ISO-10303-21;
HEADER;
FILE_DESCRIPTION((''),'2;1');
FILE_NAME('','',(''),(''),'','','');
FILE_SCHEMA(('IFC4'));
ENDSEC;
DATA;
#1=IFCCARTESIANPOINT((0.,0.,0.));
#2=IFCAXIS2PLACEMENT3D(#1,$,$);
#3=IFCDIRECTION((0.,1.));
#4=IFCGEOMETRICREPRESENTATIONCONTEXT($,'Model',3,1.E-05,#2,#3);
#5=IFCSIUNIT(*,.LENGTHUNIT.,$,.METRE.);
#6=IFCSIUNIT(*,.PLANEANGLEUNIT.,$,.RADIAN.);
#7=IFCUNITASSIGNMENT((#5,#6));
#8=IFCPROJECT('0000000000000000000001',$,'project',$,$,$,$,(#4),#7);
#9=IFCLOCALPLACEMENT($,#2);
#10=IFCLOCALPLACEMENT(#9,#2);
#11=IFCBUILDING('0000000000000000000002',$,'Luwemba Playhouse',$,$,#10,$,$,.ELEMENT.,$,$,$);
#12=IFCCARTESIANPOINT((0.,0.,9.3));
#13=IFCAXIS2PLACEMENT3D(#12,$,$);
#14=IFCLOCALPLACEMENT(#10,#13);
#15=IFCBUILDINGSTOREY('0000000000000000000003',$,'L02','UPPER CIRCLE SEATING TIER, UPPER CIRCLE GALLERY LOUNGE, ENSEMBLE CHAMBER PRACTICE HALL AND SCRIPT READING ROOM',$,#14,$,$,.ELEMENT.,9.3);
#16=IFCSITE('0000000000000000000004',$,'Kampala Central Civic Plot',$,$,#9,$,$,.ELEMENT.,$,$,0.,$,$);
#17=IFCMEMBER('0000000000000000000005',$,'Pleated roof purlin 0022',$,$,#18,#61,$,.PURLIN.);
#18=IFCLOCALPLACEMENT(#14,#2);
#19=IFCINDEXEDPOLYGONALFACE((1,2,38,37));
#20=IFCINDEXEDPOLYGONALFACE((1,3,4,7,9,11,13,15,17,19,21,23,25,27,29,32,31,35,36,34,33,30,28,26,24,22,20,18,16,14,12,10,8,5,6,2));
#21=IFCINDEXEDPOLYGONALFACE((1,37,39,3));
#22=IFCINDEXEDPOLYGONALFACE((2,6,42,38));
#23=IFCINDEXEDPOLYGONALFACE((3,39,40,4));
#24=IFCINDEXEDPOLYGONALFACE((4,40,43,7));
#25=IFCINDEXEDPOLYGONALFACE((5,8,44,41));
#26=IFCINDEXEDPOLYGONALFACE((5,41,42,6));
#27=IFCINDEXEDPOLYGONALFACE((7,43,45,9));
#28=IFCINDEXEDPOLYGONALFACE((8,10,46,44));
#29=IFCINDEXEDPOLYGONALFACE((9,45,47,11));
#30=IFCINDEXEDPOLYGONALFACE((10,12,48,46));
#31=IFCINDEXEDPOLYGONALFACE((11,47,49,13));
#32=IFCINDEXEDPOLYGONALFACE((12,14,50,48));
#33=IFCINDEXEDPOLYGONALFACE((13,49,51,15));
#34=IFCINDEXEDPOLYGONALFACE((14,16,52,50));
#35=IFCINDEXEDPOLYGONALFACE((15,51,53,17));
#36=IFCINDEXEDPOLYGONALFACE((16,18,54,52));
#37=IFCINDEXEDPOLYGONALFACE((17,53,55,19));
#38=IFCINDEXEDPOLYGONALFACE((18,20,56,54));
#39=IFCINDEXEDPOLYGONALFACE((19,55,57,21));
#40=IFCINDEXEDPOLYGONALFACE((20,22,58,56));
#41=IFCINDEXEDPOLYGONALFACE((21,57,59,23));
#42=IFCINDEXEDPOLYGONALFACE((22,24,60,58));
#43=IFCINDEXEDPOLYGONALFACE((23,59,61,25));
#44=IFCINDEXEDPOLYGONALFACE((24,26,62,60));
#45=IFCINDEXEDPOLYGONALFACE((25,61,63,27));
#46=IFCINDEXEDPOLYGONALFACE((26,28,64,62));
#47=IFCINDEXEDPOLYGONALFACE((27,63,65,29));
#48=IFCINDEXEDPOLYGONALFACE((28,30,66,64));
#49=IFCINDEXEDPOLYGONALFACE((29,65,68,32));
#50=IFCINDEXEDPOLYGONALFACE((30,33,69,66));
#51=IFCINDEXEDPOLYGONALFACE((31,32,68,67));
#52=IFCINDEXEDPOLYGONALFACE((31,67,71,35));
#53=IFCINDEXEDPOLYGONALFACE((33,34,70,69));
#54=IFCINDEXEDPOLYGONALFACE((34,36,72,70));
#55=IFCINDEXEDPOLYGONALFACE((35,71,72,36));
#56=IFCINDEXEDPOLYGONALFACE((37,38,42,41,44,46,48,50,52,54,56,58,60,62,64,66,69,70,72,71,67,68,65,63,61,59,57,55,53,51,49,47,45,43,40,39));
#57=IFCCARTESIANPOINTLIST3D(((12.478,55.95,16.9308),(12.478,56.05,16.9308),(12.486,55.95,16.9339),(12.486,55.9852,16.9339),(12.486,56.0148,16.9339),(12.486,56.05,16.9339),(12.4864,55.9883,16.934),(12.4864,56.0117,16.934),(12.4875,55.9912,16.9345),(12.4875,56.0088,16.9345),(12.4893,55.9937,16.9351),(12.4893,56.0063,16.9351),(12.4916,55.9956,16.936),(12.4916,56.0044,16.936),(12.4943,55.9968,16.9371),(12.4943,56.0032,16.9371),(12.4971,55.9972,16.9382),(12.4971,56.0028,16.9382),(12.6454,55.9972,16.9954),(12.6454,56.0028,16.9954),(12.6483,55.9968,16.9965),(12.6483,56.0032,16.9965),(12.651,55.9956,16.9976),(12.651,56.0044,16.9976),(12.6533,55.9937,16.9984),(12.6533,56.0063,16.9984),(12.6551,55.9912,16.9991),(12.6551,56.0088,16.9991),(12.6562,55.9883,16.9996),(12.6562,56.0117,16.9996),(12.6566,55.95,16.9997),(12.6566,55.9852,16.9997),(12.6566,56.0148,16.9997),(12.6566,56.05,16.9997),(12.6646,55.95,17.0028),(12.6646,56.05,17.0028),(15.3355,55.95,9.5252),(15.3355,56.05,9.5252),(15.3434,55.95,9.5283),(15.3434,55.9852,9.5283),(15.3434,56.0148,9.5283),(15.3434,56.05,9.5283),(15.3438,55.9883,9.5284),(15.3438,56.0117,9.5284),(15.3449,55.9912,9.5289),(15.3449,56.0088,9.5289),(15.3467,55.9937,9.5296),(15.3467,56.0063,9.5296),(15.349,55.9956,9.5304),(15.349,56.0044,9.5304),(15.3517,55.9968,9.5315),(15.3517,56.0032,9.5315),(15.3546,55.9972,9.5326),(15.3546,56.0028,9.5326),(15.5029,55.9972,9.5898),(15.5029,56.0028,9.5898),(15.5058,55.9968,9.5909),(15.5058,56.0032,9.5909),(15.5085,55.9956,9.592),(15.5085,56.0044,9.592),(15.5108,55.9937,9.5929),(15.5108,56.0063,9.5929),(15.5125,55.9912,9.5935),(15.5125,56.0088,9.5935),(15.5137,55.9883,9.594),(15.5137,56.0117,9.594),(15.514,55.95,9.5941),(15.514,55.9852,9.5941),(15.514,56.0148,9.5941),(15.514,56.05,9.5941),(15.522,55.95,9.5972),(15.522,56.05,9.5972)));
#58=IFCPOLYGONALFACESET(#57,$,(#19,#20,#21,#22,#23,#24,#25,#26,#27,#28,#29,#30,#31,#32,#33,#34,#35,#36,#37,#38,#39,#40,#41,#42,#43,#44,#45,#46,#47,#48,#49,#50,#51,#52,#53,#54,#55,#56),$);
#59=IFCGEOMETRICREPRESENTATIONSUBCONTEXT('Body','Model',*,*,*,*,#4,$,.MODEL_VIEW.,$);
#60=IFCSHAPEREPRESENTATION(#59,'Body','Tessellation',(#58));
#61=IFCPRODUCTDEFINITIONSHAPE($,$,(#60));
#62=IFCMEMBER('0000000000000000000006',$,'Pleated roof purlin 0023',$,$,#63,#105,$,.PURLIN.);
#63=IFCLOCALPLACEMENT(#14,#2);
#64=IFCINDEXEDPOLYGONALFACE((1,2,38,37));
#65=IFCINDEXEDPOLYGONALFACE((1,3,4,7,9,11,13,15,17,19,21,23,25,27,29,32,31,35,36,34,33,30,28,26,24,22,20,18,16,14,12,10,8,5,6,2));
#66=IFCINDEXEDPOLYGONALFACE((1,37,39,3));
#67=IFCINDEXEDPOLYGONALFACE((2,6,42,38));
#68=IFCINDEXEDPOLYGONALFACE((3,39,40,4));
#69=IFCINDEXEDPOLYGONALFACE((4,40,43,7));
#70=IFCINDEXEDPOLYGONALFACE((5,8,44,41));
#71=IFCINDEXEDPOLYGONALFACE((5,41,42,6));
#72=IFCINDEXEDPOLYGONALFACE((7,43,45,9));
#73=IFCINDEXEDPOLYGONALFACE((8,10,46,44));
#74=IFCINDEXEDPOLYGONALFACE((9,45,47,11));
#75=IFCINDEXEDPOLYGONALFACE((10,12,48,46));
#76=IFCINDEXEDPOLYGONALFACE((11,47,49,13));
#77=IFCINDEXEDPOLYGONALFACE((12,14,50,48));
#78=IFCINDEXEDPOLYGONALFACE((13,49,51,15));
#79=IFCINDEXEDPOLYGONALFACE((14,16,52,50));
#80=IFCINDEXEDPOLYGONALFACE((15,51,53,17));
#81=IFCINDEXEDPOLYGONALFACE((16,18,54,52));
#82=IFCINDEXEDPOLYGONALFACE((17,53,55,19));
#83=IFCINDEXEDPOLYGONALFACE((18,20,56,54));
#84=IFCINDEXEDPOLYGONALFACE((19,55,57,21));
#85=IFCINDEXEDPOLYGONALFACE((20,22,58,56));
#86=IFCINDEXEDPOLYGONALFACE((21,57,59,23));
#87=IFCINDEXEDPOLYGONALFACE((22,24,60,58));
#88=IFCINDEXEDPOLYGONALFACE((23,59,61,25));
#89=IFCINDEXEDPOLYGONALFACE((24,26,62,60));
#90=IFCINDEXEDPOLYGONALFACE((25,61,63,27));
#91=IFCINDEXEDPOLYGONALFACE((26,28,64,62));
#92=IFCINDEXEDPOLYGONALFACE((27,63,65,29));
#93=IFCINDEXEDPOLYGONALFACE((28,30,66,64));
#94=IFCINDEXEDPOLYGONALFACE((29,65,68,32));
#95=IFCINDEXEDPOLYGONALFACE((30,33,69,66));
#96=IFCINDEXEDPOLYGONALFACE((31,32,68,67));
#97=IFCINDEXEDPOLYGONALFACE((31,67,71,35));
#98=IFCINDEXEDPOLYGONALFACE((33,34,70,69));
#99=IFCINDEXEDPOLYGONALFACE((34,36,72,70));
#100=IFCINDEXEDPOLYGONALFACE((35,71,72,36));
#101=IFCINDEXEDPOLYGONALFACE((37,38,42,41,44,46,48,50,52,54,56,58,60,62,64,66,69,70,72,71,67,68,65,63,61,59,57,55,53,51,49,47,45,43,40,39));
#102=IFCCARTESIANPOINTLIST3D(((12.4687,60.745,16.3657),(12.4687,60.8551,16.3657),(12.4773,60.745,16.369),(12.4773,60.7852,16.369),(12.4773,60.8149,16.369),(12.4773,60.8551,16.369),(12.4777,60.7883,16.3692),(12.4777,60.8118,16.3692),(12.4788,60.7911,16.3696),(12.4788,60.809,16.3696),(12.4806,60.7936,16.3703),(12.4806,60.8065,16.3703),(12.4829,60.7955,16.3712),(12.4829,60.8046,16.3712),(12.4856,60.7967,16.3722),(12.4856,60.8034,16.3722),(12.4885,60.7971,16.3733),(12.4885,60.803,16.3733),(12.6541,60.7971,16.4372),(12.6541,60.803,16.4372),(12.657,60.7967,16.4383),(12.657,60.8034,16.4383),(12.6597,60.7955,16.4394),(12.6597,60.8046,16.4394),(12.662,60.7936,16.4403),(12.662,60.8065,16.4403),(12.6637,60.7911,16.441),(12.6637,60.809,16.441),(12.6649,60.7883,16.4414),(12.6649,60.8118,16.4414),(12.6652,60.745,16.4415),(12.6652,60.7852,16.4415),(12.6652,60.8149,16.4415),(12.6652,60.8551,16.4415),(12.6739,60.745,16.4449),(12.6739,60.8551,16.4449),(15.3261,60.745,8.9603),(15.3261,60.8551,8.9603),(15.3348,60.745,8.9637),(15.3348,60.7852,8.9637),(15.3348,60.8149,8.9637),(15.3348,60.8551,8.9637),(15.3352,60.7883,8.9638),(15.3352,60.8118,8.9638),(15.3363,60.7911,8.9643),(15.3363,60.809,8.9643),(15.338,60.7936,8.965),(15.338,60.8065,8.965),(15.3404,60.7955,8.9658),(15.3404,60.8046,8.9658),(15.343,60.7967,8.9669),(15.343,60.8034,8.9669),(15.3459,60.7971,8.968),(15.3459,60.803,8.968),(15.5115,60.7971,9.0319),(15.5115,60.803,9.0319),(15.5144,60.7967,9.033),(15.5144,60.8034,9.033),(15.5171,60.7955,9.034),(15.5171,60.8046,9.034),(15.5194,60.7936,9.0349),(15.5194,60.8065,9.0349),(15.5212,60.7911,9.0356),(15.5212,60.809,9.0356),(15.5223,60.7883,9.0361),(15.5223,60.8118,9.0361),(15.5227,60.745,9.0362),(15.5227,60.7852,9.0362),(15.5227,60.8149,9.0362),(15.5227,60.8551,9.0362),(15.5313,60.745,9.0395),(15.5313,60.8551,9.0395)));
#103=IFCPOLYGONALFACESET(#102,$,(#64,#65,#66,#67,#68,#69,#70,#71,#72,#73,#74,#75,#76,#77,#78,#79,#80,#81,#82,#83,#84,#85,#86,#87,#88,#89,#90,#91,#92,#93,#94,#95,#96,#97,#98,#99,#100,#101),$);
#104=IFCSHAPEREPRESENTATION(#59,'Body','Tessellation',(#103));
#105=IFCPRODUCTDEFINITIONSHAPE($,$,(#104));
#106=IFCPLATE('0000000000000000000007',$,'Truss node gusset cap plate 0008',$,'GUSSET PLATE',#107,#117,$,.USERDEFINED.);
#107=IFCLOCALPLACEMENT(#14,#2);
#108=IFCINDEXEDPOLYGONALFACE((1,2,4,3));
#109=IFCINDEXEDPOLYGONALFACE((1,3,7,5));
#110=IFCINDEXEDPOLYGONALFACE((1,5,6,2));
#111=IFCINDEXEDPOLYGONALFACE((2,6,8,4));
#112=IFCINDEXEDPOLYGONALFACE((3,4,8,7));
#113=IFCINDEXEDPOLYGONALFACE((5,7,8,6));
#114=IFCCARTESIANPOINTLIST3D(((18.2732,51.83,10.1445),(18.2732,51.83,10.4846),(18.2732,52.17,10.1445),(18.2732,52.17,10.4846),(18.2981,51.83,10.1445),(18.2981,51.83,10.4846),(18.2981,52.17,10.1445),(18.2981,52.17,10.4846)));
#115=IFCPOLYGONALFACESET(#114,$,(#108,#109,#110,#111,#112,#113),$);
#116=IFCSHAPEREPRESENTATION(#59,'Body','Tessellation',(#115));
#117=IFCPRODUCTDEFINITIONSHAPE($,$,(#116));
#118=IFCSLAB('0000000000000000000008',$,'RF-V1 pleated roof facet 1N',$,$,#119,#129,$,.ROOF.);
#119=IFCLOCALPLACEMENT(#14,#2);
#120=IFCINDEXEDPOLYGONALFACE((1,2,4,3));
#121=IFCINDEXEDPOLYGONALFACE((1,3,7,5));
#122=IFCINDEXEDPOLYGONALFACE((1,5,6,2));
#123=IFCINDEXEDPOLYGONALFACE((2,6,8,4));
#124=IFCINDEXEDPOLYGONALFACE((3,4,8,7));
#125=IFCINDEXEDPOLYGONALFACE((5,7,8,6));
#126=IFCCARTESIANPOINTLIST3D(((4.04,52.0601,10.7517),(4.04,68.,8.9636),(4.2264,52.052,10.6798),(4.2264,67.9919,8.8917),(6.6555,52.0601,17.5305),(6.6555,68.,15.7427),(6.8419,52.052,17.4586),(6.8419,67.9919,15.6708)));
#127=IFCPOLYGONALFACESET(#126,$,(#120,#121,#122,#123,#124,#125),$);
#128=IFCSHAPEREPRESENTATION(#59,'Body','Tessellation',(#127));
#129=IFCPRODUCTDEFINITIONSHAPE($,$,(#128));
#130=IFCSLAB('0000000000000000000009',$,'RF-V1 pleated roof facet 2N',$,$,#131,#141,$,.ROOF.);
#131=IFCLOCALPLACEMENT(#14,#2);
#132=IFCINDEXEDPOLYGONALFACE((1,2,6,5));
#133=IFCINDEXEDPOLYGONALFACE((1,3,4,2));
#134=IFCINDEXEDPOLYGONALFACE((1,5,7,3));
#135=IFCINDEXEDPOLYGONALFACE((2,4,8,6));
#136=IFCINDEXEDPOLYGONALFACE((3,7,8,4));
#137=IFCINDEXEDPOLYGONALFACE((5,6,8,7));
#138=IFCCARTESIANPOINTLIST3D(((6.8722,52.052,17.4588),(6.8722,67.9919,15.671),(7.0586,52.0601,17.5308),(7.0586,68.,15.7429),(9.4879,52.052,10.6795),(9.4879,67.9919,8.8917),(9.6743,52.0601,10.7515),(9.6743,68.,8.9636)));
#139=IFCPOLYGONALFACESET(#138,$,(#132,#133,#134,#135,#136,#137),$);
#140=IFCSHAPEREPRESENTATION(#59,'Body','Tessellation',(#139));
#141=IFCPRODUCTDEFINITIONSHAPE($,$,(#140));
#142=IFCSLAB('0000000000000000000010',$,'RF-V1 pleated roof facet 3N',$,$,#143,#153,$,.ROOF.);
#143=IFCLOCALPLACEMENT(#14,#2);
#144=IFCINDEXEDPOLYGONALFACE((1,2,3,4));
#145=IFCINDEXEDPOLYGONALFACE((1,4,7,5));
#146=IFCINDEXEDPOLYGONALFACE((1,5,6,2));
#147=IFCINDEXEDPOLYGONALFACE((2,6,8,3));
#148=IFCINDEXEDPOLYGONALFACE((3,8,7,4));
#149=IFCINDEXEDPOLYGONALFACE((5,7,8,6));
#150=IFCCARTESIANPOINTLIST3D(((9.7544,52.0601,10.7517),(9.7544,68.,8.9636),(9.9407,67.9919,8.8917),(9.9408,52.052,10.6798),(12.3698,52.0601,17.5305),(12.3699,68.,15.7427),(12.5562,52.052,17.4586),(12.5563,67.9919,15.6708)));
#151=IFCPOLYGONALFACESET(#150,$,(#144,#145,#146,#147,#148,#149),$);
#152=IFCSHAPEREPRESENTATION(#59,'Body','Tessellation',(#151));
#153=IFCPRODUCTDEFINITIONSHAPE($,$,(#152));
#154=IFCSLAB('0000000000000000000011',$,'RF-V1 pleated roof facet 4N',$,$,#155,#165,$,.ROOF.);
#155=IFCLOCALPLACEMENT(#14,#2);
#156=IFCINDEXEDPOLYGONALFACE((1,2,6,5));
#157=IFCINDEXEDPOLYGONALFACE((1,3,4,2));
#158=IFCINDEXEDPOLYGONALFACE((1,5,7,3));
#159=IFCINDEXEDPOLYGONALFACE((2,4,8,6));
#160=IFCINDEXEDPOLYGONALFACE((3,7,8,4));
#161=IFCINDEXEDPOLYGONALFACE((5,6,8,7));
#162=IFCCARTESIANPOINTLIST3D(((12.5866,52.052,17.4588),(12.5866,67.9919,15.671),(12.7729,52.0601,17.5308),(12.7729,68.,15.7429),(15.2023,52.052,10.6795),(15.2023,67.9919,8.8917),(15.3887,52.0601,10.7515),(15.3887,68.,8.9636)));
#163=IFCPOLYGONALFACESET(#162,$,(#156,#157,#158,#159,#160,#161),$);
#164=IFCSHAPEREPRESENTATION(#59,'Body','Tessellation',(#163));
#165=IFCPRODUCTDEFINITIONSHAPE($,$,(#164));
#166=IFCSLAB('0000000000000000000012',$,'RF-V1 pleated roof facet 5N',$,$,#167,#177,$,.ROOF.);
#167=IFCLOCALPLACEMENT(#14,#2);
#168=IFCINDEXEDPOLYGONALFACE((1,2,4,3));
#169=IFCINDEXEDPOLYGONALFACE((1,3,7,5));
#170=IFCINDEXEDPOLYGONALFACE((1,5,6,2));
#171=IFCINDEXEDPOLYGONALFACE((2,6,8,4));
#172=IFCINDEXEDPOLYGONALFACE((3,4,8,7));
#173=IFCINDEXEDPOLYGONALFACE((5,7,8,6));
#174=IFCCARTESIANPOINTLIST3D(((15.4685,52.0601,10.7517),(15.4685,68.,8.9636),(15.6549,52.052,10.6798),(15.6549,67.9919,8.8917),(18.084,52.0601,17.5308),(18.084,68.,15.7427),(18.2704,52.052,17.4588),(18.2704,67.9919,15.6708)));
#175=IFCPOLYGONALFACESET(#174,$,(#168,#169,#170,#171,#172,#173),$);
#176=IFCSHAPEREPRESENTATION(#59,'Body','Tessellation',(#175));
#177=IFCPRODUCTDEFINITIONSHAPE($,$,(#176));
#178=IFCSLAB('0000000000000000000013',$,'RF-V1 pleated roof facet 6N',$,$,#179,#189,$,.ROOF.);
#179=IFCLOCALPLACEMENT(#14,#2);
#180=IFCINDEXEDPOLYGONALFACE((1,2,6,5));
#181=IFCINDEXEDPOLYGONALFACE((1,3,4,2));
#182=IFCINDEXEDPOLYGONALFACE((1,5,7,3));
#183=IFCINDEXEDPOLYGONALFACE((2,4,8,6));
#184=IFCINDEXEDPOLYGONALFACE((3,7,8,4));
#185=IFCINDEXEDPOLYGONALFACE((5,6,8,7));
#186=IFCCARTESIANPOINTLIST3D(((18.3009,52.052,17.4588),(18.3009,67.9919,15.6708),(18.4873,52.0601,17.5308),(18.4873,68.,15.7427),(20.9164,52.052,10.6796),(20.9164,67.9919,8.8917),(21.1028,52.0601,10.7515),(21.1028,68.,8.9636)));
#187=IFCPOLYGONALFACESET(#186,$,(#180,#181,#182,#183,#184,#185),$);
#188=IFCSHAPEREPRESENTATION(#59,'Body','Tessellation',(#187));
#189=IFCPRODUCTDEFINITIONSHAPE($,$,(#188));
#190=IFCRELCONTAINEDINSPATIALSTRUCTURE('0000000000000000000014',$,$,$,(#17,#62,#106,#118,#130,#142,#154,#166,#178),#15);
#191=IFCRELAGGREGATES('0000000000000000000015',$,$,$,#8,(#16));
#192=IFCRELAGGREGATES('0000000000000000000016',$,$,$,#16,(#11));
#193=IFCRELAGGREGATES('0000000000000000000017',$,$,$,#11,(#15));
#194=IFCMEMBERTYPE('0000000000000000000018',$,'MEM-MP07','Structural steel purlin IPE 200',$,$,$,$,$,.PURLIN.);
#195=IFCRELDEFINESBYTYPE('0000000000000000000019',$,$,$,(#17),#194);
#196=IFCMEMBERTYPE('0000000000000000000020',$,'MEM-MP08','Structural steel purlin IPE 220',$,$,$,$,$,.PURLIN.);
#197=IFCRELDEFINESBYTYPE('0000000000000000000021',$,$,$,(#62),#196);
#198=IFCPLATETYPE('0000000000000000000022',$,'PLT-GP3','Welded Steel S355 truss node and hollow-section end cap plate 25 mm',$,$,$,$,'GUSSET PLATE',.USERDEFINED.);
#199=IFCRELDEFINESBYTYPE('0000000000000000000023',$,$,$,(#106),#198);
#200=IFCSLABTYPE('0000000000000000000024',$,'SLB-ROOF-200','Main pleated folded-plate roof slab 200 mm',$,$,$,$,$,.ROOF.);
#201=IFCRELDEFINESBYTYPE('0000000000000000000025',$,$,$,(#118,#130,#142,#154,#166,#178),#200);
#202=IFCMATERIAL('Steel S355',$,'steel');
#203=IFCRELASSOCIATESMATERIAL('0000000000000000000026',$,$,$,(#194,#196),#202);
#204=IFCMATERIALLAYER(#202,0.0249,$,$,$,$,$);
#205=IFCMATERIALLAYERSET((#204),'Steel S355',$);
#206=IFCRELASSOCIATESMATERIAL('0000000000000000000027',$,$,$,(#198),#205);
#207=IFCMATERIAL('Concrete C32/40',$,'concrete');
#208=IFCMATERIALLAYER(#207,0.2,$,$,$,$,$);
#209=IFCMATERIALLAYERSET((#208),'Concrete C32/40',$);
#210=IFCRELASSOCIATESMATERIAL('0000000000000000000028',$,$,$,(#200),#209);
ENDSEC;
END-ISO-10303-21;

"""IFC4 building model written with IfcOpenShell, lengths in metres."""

from ifc_helpers import new_model, si_unit, direction, frame, origin, origin_2d, place, context, subcontext, project, spatial, polyline, rectangle, i_section, outline, extrude, material, layer, layer_set, material_profile, profile_set, type_object, element, save


model = new_model("IFC4")

# Units and contexts
model_context = context("Model", 3, precision=1e-05, world=origin(), true_north=direction((0.0, 1.0)))
body_context = subcontext(model_context, "Body", "Model", "MODEL_VIEW")
ifc_project = project(units=[si_unit("LENGTHUNIT", "METRE"), si_unit("PLANEANGLEUNIT", "RADIAN")], contexts=[model_context])

# Site, building, storey
site_placement = place(None, origin())
site = spatial("IfcSite", under=ifc_project, at=site_placement, Name="Kampala Central Civic Plot", CompositionType="ELEMENT", RefElevation=0.0)
building_placement = place(site_placement, origin())
building = spatial("IfcBuilding", under=site, at=building_placement, Name="Luwemba Playhouse", CompositionType="ELEMENT")
storey_placement = place(building_placement, frame((0.0, 0.0, 9.3)))
storey = spatial("IfcBuildingStorey", under=building, at=storey_placement, Name="L02", Description="UPPER CIRCLE SEATING TIER, UPPER CIRCLE GALLERY LOUNGE, ENSEMBLE CHAMBER PRACTICE HALL AND SCRIPT READING ROOM", CompositionType="ELEMENT", Elevation=9.3)

# Shared definitions
ifc_material_1 = material(Name="Steel S355", Category="steel")

# Members
ifc_material_profile_1 = material_profile(ifc_material_1, i_section(OverallWidth=0.1001, OverallDepth=0.2, WebThickness=0.0056, FlangeThickness=0.0085, FilletRadius=0.012, at=origin_2d()))
ifc_profile_set_1 = profile_set([ifc_material_profile_1], Name="Steel S355")
member_type_1 = type_object("IfcMemberType", Name="MEM-MP07", Description="Structural steel purlin IPE 200", PredefinedType="PURLIN", material=ifc_profile_set_1)
member_1_placement = place(storey_placement, frame((12.5713, 56.0, 16.9668), z_axis=(0.359983, 0.0, -0.932959), x_axis=(0.0, 1.0, 0.0)))
element("IfcMember", 1, at=member_1_placement, inside=storey, type_object=member_type_1, Name="Pleated roof purlin 0022", PredefinedType="PURLIN", context=body_context, shape_type="SweptSolid", body=[
    extrude(i_section(OverallWidth=0.1001, OverallDepth=0.2, WebThickness=0.0056, FlangeThickness=0.0085, FilletRadius=0.012, at=origin_2d()), origin(), (0.0, 0.0, 1.0), 7.9377),
])
ifc_material_profile_2 = material_profile(ifc_material_1, i_section(OverallWidth=0.1101, OverallDepth=0.22, WebThickness=0.0059, FlangeThickness=0.0093, FilletRadius=0.012, at=origin_2d()))
ifc_profile_set_2 = profile_set([ifc_material_profile_2], Name="Steel S355")
member_type_2 = type_object("IfcMemberType", Name="MEM-MP08", Description="Structural steel purlin IPE 220", PredefinedType="PURLIN", material=ifc_profile_set_2)
member_2_placement = place(storey_placement, frame((12.5713, 60.8, 16.4053), z_axis=(0.359993, 0.0, -0.932955), x_axis=(0.0, 1.0, 0.0)))
element("IfcMember", 2, at=member_2_placement, inside=storey, type_object=member_type_2, Name="Pleated roof purlin 0023", PredefinedType="PURLIN", context=body_context, shape_type="SweptSolid", body=[
    extrude(i_section(OverallWidth=0.1101, OverallDepth=0.22, WebThickness=0.0059, FlangeThickness=0.0093, FilletRadius=0.012, at=origin_2d()), origin(), (0.0, 0.0, 1.0), 7.9375),
])

# Plate
ifc_layer_1 = layer(ifc_material_1, 0.0249)
ifc_layer_set_1 = layer_set([ifc_layer_1], Name="Steel S355")
plate_type = type_object("IfcPlateType", Name="PLT-GP3", Description="Welded Steel S355 truss node and hollow-section end cap plate 25 mm", ElementType="GUSSET PLATE", PredefinedType="USERDEFINED", material=ifc_layer_set_1)
plate_placement = place(storey_placement, frame((18.2856, 52.0, 10.1445), z_axis=(0.0, 0.0, 1.0), x_axis=(1.0, 0.0, 0.0)))
element("IfcPlate", 3, at=plate_placement, inside=storey, type_object=plate_type, Name="Truss node gusset cap plate 0008", ObjectType="GUSSET PLATE", PredefinedType="USERDEFINED", context=body_context, shape_type="SweptSolid", body=[
    extrude(rectangle(XDim=0.0249, YDim=0.3401, at=origin_2d()), origin(), (0.0, 0.0, 1.0), 0.3401),
])

# Slabs
ifc_material_2 = material(Name="Concrete C32/40", Category="concrete")
ifc_layer_2 = layer(ifc_material_2, 0.2)
ifc_layer_set_2 = layer_set([ifc_layer_2], Name="Concrete C32/40")
slab_type = type_object("IfcSlabType", Name="SLB-ROOF-200", Description="Main pleated folded-plate roof slab 200 mm", PredefinedType="ROOF", material=ifc_layer_set_2)
slab_1_placement = place(storey_placement, frame((4.04, 52.0601, 10.7517), z_axis=(-0.932208, 0.040344, 0.359669), x_axis=(0.359962, 0.0, 0.932967)))
element("IfcSlab", 4, at=slab_1_placement, inside=storey, type_object=slab_type, Name="RF-V1 pleated roof facet 1N", PredefinedType="ROOF", context=body_context, shape_type="SweptSolid", body=[
    extrude(outline(polyline([(0.0, 0.0), (7.2659, 0.0), (5.5979, 15.9529), (-1.6682, 15.9529), (0.0, 0.0)])), origin(), (0.0, 0.0, -1.0), 0.2),
])
slab_2_placement = place(storey_placement, frame((7.0586, 52.0601, 17.5308), z_axis=(0.932203, 0.040342, 0.359681), x_axis=(0.359974, 0.0, -0.932962)))
element("IfcSlab", 5, at=slab_2_placement, inside=storey, type_object=slab_type, Name="RF-V1 pleated roof facet 2N", PredefinedType="ROOF", context=body_context, shape_type="SweptSolid", body=[
    extrude(outline(polyline([(0.0, 0.0), (7.2664, 0.0), (8.9344, 15.9529), (1.668, 15.9529), (0.0, 0.0)])), origin(), (0.0, 0.0, -1.0), 0.2),
])
slab_3_placement = place(storey_placement, frame((9.7544, 52.0601, 10.7517), z_axis=(-0.932208, 0.040344, 0.359669), x_axis=(0.359962, 0.0, 0.932967)))
element("IfcSlab", 6, at=slab_3_placement, inside=storey, type_object=slab_type, Name="RF-V1 pleated roof facet 3N", PredefinedType="ROOF", context=body_context, shape_type="SweptSolid", body=[
    extrude(outline(polyline([(0.0, 0.0), (7.2659, 0.0), (5.5979, 15.9529), (-1.6682, 15.9529), (0.0, 0.0)])), origin(), (0.0, 0.0, -1.0), 0.2),
])
slab_4_placement = place(storey_placement, frame((12.7729, 52.0601, 17.5308), z_axis=(0.932203, 0.040342, 0.359681), x_axis=(0.359974, 0.0, -0.932962)))
element("IfcSlab", 7, at=slab_4_placement, inside=storey, type_object=slab_type, Name="RF-V1 pleated roof facet 4N", PredefinedType="ROOF", context=body_context, shape_type="SweptSolid", body=[
    extrude(outline(polyline([(0.0, 0.0), (7.2664, 0.0), (8.9344, 15.9529), (1.668, 15.9529), (0.0, 0.0)])), origin(), (0.0, 0.0, -1.0), 0.2),
])
slab_5_placement = place(storey_placement, frame((15.4685, 52.0601, 10.7517), z_axis=(-0.93221, 0.040346, 0.359663), x_axis=(0.359956, 0.0, 0.932969)))
element("IfcSlab", 8, at=slab_5_placement, inside=storey, type_object=slab_type, Name="RF-V1 pleated roof facet 5N", PredefinedType="ROOF", context=body_context, shape_type="SweptSolid", body=[
    extrude(outline(polyline([(0.0, 0.0), (7.2661, 0.0), (5.5979, 15.9529), (-1.6682, 15.9529), (0.0, 0.0)])), origin(), (0.0, 0.0, -1.0), 0.2),
])
slab_6_placement = place(storey_placement, frame((18.4873, 52.0601, 17.5308), z_axis=(0.932212, 0.040342, 0.359657), x_axis=(0.35995, 0.0, -0.932971)))
element("IfcSlab", 9, at=slab_6_placement, inside=storey, type_object=slab_type, Name="RF-V1 pleated roof facet 6N", PredefinedType="ROOF", context=body_context, shape_type="SweptSolid", body=[
    extrude(outline(polyline([(0.0, 0.0), (7.2663, 0.0), (8.9343, 15.9529), (1.6682, 15.9529), (0.0, 0.0)])), origin(), (0.0, 0.0, -1.0), 0.2),
])

save(model, "model.ifc")
